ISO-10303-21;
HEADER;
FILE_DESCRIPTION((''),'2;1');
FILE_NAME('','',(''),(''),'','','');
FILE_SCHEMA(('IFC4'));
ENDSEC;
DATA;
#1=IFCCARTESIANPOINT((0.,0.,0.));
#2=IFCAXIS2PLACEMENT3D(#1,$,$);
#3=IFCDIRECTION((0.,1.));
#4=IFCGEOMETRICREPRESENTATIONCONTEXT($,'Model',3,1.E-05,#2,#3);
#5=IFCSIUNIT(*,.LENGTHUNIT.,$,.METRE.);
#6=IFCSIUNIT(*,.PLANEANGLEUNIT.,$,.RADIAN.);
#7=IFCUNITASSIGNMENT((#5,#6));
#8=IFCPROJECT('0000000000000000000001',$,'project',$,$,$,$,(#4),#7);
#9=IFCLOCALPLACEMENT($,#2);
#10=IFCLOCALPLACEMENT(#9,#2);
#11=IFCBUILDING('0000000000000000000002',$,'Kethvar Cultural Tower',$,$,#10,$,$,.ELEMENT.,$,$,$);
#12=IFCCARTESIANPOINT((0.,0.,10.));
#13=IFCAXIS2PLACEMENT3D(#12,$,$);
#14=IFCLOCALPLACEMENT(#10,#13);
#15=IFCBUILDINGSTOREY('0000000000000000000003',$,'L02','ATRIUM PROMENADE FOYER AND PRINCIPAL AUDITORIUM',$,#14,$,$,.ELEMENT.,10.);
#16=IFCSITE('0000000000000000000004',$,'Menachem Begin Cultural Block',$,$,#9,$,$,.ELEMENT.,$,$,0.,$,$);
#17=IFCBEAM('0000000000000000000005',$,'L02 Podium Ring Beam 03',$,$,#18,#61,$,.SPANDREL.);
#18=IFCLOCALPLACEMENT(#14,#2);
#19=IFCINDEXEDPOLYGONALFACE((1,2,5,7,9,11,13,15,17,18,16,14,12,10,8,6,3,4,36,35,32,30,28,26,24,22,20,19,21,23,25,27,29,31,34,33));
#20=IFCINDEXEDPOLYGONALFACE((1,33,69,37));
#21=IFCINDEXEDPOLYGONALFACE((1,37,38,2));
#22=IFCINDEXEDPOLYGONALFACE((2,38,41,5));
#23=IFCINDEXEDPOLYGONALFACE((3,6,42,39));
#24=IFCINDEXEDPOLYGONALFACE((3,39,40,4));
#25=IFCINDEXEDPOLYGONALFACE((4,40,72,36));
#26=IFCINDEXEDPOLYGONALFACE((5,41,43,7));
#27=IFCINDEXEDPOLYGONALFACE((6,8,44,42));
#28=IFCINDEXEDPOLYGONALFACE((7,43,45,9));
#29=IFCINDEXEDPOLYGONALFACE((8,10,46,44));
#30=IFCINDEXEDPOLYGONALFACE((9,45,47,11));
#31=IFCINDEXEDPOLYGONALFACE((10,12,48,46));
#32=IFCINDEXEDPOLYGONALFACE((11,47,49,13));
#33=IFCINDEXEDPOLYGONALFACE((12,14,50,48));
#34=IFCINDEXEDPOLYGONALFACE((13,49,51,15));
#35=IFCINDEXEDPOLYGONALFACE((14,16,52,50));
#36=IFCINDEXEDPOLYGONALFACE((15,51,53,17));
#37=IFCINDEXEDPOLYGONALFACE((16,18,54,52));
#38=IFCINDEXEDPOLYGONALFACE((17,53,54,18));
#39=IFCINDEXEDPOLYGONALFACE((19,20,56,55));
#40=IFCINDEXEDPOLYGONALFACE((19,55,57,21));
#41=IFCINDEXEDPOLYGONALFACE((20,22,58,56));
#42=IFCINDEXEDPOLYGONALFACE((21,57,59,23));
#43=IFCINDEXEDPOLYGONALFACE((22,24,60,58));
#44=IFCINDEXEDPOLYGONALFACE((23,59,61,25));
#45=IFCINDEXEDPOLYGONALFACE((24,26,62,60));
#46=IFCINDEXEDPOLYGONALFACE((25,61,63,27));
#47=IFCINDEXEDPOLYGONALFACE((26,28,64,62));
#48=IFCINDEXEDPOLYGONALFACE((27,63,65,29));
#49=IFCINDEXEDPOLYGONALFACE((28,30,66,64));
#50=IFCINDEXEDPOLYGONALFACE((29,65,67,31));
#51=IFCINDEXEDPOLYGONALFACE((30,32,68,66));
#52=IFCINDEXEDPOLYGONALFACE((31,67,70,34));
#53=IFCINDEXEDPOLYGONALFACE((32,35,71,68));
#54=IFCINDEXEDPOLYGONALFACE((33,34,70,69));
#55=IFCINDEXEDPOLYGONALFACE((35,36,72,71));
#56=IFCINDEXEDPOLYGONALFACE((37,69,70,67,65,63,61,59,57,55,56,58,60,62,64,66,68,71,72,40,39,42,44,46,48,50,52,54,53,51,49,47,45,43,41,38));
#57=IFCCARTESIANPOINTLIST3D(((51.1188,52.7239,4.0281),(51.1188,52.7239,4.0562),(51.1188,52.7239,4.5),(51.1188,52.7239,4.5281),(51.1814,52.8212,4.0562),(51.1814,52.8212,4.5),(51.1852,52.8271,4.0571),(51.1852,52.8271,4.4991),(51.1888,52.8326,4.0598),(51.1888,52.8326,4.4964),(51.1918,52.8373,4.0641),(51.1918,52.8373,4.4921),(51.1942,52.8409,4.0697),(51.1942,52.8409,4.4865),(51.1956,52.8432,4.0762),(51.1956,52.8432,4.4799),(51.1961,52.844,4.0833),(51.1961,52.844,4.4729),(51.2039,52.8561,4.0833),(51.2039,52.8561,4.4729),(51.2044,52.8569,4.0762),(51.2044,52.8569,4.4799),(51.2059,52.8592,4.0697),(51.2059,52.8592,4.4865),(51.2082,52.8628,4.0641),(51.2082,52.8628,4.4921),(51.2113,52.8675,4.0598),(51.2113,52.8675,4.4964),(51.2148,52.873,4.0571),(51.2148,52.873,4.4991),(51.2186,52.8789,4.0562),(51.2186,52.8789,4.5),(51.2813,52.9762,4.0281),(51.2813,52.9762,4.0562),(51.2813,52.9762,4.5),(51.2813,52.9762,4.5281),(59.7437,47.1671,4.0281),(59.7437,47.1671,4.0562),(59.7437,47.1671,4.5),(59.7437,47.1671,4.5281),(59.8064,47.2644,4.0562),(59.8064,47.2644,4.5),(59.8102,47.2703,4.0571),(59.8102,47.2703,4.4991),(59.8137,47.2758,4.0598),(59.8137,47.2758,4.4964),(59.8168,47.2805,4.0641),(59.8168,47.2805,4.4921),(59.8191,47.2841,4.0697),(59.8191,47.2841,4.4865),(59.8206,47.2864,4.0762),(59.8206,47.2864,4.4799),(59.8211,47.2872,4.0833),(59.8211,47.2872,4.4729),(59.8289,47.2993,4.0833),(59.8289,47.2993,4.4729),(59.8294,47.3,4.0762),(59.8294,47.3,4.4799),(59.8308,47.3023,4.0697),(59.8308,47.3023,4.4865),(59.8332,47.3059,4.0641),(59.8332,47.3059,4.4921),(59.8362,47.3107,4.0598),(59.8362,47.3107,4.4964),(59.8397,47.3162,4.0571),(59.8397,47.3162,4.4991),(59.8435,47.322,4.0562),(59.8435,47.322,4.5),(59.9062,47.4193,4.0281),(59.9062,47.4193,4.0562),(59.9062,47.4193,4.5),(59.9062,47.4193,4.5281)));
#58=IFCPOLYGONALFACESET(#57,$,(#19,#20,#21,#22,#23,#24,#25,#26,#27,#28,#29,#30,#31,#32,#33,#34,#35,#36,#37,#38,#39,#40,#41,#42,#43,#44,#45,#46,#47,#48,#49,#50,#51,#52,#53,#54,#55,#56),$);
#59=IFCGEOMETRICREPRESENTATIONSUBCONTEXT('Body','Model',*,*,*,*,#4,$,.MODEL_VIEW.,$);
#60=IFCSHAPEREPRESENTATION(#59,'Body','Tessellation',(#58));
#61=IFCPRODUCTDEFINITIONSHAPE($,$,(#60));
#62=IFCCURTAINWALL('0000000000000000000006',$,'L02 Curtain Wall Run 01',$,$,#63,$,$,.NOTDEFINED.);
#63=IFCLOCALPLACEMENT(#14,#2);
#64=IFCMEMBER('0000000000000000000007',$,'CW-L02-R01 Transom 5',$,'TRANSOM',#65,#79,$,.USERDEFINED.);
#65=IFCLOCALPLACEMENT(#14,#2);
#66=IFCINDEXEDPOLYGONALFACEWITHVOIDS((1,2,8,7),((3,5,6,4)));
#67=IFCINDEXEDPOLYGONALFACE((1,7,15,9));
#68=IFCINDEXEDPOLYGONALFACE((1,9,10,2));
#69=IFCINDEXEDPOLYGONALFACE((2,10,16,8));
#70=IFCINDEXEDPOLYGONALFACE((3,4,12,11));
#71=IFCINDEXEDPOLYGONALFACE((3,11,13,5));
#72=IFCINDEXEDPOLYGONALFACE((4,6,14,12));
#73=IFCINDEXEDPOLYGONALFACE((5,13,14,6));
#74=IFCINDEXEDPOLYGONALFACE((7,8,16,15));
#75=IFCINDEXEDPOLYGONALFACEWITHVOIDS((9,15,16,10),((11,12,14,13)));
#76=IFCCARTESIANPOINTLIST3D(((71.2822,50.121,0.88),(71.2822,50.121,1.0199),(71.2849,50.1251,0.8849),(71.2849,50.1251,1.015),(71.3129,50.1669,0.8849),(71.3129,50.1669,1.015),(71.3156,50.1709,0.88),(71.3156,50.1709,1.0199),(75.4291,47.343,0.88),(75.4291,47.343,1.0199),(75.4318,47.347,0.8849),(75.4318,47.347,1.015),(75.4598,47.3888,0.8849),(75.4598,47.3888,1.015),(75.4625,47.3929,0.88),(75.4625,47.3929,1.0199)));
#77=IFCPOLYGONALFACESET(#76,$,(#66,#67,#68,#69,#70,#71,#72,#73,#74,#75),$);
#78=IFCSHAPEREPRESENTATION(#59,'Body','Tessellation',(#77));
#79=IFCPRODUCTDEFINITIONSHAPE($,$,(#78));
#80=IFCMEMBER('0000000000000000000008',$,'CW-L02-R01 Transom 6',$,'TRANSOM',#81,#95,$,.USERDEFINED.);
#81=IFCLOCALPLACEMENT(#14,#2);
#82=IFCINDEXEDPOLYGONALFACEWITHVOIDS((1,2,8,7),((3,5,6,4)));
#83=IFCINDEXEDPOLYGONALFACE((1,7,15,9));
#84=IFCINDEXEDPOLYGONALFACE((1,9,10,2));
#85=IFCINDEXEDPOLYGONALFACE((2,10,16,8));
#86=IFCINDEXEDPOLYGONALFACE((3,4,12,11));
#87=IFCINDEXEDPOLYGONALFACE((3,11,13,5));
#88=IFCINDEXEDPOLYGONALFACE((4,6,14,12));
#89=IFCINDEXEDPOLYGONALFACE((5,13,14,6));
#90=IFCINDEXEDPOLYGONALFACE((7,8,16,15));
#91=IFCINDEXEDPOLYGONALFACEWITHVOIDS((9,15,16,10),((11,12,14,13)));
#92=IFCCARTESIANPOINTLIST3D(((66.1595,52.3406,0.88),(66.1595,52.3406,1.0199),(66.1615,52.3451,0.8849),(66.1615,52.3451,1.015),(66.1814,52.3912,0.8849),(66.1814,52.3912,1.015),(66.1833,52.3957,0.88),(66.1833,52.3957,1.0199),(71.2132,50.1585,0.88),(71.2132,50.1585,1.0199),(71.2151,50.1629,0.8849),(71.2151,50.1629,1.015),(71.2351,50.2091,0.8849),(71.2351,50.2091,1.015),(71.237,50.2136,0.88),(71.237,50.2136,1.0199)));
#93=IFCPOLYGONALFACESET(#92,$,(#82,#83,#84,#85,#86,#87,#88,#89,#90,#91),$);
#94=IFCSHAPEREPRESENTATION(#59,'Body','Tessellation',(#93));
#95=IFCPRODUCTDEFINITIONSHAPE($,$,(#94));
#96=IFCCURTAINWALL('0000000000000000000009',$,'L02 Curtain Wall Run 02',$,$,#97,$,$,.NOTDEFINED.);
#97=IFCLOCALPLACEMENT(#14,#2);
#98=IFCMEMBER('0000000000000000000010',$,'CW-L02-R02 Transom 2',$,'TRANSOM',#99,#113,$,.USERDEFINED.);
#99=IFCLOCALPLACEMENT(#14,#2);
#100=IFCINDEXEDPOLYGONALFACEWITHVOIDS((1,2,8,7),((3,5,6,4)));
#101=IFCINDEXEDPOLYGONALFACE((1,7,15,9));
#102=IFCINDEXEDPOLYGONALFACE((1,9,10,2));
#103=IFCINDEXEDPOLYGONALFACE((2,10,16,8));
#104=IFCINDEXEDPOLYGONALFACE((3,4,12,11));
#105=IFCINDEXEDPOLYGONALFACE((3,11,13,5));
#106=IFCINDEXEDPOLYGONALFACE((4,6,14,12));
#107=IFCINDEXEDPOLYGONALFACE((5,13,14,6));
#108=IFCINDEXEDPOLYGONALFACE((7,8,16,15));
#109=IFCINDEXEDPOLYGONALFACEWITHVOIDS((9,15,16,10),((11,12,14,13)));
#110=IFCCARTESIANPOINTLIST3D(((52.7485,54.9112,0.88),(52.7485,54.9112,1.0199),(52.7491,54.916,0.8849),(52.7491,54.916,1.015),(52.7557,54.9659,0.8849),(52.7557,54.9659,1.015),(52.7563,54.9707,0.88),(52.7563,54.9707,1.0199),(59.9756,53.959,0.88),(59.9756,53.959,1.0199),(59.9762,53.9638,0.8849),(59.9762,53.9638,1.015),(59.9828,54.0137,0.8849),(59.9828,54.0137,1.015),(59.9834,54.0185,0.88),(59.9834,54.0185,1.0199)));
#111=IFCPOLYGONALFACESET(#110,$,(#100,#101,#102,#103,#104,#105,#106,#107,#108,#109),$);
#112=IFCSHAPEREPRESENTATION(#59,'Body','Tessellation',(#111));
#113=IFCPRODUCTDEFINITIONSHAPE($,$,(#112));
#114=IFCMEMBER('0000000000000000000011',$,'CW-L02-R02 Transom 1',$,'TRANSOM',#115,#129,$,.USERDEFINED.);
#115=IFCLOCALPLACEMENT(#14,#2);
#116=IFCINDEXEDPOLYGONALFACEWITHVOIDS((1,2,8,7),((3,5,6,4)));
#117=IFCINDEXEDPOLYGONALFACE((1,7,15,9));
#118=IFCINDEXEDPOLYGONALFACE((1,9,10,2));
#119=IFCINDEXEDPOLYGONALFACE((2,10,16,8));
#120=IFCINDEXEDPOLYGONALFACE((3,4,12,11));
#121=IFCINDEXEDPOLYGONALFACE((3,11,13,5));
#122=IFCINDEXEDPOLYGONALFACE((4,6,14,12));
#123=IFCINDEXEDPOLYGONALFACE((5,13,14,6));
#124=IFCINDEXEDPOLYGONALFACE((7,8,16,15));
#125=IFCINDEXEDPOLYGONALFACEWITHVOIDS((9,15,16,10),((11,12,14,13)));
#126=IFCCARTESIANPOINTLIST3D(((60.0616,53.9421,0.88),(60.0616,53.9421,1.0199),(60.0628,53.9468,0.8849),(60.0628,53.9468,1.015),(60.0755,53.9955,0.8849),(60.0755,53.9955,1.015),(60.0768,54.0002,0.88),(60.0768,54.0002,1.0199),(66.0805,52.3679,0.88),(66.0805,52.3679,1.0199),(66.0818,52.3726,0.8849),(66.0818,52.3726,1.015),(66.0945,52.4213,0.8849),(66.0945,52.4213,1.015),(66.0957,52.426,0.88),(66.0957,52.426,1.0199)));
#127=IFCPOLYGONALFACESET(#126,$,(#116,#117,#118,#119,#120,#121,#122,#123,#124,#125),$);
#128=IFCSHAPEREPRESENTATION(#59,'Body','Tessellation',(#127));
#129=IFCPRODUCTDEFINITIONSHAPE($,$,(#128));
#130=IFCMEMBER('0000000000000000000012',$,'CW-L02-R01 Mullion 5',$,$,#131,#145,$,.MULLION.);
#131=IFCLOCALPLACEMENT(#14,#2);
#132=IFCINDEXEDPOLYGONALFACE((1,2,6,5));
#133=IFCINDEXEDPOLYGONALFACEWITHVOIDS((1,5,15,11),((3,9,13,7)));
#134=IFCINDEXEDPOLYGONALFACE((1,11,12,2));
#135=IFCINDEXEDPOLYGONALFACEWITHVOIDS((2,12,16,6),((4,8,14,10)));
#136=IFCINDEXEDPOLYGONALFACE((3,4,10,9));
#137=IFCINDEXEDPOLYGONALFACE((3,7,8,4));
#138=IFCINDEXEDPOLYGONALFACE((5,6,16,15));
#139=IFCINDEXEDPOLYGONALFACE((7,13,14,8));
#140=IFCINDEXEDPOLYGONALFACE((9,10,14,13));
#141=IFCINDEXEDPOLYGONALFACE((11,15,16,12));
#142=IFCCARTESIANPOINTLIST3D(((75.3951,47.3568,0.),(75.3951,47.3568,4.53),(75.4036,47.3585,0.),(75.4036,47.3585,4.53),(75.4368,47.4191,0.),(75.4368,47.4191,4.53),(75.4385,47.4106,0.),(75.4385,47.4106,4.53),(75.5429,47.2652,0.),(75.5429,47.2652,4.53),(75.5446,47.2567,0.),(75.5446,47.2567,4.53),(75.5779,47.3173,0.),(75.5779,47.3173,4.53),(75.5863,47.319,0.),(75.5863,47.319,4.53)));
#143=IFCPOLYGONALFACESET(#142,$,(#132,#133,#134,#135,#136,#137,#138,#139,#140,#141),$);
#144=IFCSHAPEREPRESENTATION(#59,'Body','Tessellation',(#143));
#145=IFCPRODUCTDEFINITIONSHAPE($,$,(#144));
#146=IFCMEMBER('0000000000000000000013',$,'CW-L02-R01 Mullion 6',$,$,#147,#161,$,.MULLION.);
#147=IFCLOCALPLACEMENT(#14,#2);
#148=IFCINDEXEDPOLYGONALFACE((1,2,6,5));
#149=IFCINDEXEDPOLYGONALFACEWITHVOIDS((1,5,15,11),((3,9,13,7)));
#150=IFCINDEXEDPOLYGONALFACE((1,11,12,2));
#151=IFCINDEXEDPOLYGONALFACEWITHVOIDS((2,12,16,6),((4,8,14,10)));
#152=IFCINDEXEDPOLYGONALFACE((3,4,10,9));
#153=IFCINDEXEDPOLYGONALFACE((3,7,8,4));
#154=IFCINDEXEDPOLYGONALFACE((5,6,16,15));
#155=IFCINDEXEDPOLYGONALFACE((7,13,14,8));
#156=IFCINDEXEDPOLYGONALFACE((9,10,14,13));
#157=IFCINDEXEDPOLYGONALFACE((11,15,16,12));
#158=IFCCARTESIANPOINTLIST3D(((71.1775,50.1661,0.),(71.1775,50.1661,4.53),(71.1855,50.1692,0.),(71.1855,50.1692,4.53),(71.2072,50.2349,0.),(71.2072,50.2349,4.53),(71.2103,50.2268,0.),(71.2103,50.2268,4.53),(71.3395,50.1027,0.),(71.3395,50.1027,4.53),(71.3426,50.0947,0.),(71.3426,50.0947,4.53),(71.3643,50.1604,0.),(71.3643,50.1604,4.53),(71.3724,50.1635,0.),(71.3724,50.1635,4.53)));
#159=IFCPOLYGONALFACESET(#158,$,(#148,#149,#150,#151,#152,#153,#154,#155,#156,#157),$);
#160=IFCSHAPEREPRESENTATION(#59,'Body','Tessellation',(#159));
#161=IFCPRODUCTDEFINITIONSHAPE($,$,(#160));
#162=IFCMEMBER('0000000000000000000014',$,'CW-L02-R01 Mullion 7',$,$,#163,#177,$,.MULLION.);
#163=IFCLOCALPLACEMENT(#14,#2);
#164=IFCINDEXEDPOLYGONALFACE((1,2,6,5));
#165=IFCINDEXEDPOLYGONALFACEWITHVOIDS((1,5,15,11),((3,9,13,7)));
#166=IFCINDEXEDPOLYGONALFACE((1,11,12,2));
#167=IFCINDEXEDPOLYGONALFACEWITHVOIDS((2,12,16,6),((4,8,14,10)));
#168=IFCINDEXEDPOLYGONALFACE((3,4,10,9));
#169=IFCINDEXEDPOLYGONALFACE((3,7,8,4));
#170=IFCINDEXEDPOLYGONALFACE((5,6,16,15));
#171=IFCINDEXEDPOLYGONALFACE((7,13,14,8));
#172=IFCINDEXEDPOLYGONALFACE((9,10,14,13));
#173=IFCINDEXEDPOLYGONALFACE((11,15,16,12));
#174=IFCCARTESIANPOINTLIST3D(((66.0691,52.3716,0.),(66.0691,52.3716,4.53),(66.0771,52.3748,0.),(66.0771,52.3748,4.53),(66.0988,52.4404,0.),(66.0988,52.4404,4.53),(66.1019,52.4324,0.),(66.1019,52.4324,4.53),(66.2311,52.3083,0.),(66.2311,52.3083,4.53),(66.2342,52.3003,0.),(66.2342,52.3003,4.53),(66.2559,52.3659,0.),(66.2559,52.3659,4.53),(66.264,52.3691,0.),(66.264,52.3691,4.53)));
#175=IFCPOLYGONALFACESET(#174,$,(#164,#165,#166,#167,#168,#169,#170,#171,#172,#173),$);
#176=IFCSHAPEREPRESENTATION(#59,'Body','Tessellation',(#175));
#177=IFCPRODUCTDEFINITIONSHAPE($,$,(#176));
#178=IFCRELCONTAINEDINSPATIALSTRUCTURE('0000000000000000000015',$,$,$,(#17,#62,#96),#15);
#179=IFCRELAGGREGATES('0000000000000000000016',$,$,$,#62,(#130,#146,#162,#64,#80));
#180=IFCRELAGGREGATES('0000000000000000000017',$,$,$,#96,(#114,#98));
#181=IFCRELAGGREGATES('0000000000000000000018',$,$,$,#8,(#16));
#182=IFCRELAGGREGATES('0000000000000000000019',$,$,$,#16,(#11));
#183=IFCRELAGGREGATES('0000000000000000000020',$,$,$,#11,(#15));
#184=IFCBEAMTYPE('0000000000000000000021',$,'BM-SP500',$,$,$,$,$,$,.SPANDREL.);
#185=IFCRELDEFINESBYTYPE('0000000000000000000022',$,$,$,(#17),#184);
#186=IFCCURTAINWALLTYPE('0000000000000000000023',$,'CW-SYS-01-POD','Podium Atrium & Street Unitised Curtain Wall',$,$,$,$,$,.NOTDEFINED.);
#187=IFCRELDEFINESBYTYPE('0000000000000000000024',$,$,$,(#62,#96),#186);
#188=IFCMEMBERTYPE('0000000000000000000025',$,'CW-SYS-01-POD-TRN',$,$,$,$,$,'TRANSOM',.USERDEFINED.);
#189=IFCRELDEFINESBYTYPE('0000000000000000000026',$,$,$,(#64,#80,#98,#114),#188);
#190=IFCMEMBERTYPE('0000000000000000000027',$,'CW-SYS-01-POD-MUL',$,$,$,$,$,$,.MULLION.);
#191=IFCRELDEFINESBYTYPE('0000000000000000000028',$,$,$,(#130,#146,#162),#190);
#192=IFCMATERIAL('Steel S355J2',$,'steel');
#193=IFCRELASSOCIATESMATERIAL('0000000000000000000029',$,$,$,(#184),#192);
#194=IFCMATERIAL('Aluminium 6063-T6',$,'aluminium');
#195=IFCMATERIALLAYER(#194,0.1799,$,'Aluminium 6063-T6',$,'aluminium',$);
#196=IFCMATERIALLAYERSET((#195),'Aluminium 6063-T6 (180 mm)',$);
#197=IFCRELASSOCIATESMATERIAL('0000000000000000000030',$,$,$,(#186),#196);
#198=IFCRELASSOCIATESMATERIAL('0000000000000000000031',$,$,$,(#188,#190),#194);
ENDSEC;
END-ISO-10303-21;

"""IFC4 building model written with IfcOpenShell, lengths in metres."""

from ifc_helpers import new_model, si_unit, direction, frame, origin, origin_2d, place, context, subcontext, project, spatial, hollow_rectangle, i_section, extrude, source, transform, mapped, material, layer, layer_set, material_profile, profile_set, type_object, element, aggregate, save


model = new_model("IFC4")

# Units and contexts
model_context = context("Model", 3, precision=1e-05, world=origin(), true_north=direction((0.0, 1.0)))
body_context = subcontext(model_context, "Body", "Model", "MODEL_VIEW")
ifc_project = project(units=[si_unit("LENGTHUNIT", "METRE"), si_unit("PLANEANGLEUNIT", "RADIAN")], contexts=[model_context])

# Site, building, storey
site_placement = place(None, origin())
site = spatial("IfcSite", under=ifc_project, at=site_placement, Name="Menachem Begin Cultural Block", CompositionType="ELEMENT", RefElevation=0.0)
building_placement = place(site_placement, origin())
building = spatial("IfcBuilding", under=site, at=building_placement, Name="Kethvar Cultural Tower", CompositionType="ELEMENT")
storey_placement = place(building_placement, frame((0.0, 0.0, 10.0)))
storey = spatial("IfcBuildingStorey", under=building, at=storey_placement, Name="L02", Description="ATRIUM PROMENADE FOYER AND PRINCIPAL AUDITORIUM", CompositionType="ELEMENT", Elevation=10.0)

# Beam
ifc_material_1 = material(Name="Steel S355J2", Category="steel")
ifc_material_profile_1 = material_profile(ifc_material_1, i_section(OverallWidth=0.3, OverallDepth=0.5, WebThickness=0.0144, FlangeThickness=0.0281, FilletRadius=0.0271, at=origin_2d()), Name="Steel S355J2 — HEB500")
ifc_profile_set_1 = profile_set([ifc_material_profile_1], Name="Steel S355J2 — HEB500")
beam_type = type_object("IfcBeamType", Name="BM-SP500", PredefinedType="SPANDREL", material=ifc_profile_set_1)
shared_shape_1 = source(origin(), body_context, "Body", "SweptSolid", [
    extrude(i_section(OverallWidth=0.3, OverallDepth=0.5, WebThickness=0.0144, FlangeThickness=0.0281, FilletRadius=0.0271, at=origin_2d()), origin(), (0.0, 0.0, 1.0), 10.26),
])
beam_placement = place(storey_placement, frame((59.825, 47.2932, 4.2781), z_axis=(-0.840635, 0.541602, 0.0), x_axis=(-0.541602, -0.840635, 0.0)))
element("IfcBeam", 1, at=beam_placement, inside=storey, type_object=beam_type, Name="L02 Podium Ring Beam 03", PredefinedType="SPANDREL", context=body_context, shape_type="MappedRepresentation", body=[
    mapped(shared_shape_1, transform((0.0, 0.0, 0.0), scale=1.0)),
])

# Curtain walls, members
ifc_material_2 = material(Name="Aluminium 6063-T6", Category="aluminium")
ifc_layer_1 = layer(ifc_material_2, 0.1799, Name="Aluminium 6063-T6", Category="aluminium")
ifc_layer_set_1 = layer_set([ifc_layer_1], Name="Aluminium 6063-T6 (180 mm)")
curtain_wall_type = type_object("IfcCurtainWallType", Name="CW-SYS-01-POD", Description="Podium Atrium & Street Unitised Curtain Wall", PredefinedType="NOTDEFINED", material=ifc_layer_set_1)
curtain_wall_1_placement = place(storey_placement, origin())
curtain_wall_1 = element("IfcCurtainWall", 2, at=curtain_wall_1_placement, inside=storey, type_object=curtain_wall_type, Name="L02 Curtain Wall Run 01", PredefinedType="NOTDEFINED")
ifc_material_profile_2 = material_profile(ifc_material_2, hollow_rectangle(XDim=0.0601, YDim=0.1399, WallThickness=0.0049, at=origin_2d()), Name="Aluminium 6063-T6 — RHS140x60x5")
ifc_profile_set_2 = profile_set([ifc_material_profile_2], Name="Aluminium 6063-T6 — RHS140x60x5")
member_type_1 = type_object("IfcMemberType", Name="CW-SYS-01-POD-TRN", ElementType="TRANSOM", PredefinedType="USERDEFINED", material=ifc_profile_set_2)
shared_shape_2 = source(origin(), body_context, "Body", "SweptSolid", [
    extrude(hollow_rectangle(XDim=0.0601, YDim=0.1399, WallThickness=0.0049, at=origin_2d()), origin(), (0.0, 0.0, 1.0), 4.9915),
])
member_1_placement = place(storey_placement, frame((75.4458, 47.3679, 0.95), z_axis=(-0.830807, 0.556561, 0.0), x_axis=(-0.556561, -0.830807, 0.0)))
member_1 = element("IfcMember", 3, at=member_1_placement, type_object=member_type_1, Name="CW-L02-R01 Transom 5", ObjectType="TRANSOM", PredefinedType="USERDEFINED", context=body_context, shape_type="MappedRepresentation", body=[
    mapped(shared_shape_2, transform((0.0, 0.0, 0.0), scale=1.0)),
])
shared_shape_3 = source(origin(), body_context, "Body", "SweptSolid", [
    extrude(hollow_rectangle(XDim=0.0601, YDim=0.1399, WallThickness=0.0049, at=origin_2d()), origin(), (0.0, 0.0, 1.0), 5.5046),
])
member_2_placement = place(storey_placement, frame((71.2251, 50.186, 0.95), z_axis=(-0.918073, 0.396412, 0.0), x_axis=(-0.396412, -0.918073, 0.0)))
member_2 = element("IfcMember", 4, at=member_2_placement, type_object=member_type_1, Name="CW-L02-R01 Transom 6", ObjectType="TRANSOM", PredefinedType="USERDEFINED", context=body_context, shape_type="MappedRepresentation", body=[
    mapped(shared_shape_3, transform((0.0, 0.0, 0.0), scale=1.0)),
])
curtain_wall_2_placement = place(storey_placement, origin())
curtain_wall_2 = element("IfcCurtainWall", 5, at=curtain_wall_2_placement, inside=storey, type_object=curtain_wall_type, Name="L02 Curtain Wall Run 02", PredefinedType="NOTDEFINED")
shared_shape_4 = source(origin(), body_context, "Body", "SweptSolid", [
    extrude(hollow_rectangle(XDim=0.0601, YDim=0.1399, WallThickness=0.0049, at=origin_2d()), origin(), (0.0, 0.0, 1.0), 7.2896),
])
member_3_placement = place(storey_placement, frame((59.9795, 53.9888, 0.95), z_axis=(-0.991433, 0.130619, 0.0), x_axis=(-0.130619, -0.991433, 0.0)))
member_3 = element("IfcMember", 6, at=member_3_placement, type_object=member_type_1, Name="CW-L02-R02 Transom 2", ObjectType="TRANSOM", PredefinedType="USERDEFINED", context=body_context, shape_type="MappedRepresentation", body=[
    mapped(shared_shape_4, transform((0.0, 0.0, 0.0), scale=1.0)),
])
shared_shape_5 = source(origin(), body_context, "Body", "SweptSolid", [
    extrude(hollow_rectangle(XDim=0.0601, YDim=0.1399, WallThickness=0.0049, at=origin_2d()), origin(), (0.0, 0.0, 1.0), 6.2214),
])
member_4_placement = place(storey_placement, frame((66.0881, 52.397, 0.95), z_axis=(-0.967459, 0.253029, 0.0), x_axis=(-0.253029, -0.967459, 0.0)))
member_4 = element("IfcMember", 7, at=member_4_placement, type_object=member_type_1, Name="CW-L02-R02 Transom 1", ObjectType="TRANSOM", PredefinedType="USERDEFINED", context=body_context, shape_type="MappedRepresentation", body=[
    mapped(shared_shape_5, transform((0.0, 0.0, 0.0), scale=1.0)),
])

# Members
ifc_material_profile_3 = material_profile(ifc_material_2, hollow_rectangle(XDim=0.075, YDim=0.1799, WallThickness=0.0061, at=origin_2d()), Name="Aluminium 6063-T6 — RHS180x75x6")
ifc_profile_set_3 = profile_set([ifc_material_profile_3], Name="Aluminium 6063-T6 — RHS180x75x6")
member_type_2 = type_object("IfcMemberType", Name="CW-SYS-01-POD-MUL", PredefinedType="MULLION", material=ifc_profile_set_3)
shared_shape_6 = source(origin(), body_context, "Body", "SweptSolid", [
    extrude(hollow_rectangle(XDim=0.075, YDim=0.1799, WallThickness=0.0061, at=origin_2d()), origin(), (0.0, 0.0, 1.0), 4.53),
])
member_5_placement = place(storey_placement, frame((75.4907, 47.3379, 0.0), z_axis=(0.0, 0.0, 1.0), x_axis=(-0.556557, -0.83081, 0.0)))
member_5 = element("IfcMember", 8, at=member_5_placement, type_object=member_type_2, Name="CW-L02-R01 Mullion 5", PredefinedType="MULLION", context=body_context, shape_type="MappedRepresentation", body=[
    mapped(shared_shape_6, transform((0.0, 0.0, 0.0), scale=1.0)),
])
member_6_placement = place(storey_placement, frame((71.2749, 50.1648, 0.0), z_axis=(0.0, 0.0, 1.0), x_axis=(-0.396411, -0.918073, 0.0)))
member_6 = element("IfcMember", 9, at=member_6_placement, type_object=member_type_2, Name="CW-L02-R01 Mullion 6", PredefinedType="MULLION", context=body_context, shape_type="MappedRepresentation", body=[
    mapped(shared_shape_6, transform((0.0, 0.0, 0.0), scale=1.0)),
])
member_7_placement = place(storey_placement, frame((66.1665, 52.3704, 0.0), z_axis=(0.0, 0.0, 1.0), x_axis=(-0.396411, -0.918073, 0.0)))
member_7 = element("IfcMember", 10, at=member_7_placement, type_object=member_type_2, Name="CW-L02-R01 Mullion 7", PredefinedType="MULLION", context=body_context, shape_type="MappedRepresentation", body=[
    mapped(shared_shape_6, transform((0.0, 0.0, 0.0), scale=1.0)),
])

aggregate(curtain_wall_1, [member_5, member_6, member_7, member_1, member_2])
aggregate(curtain_wall_2, [member_4, member_3])

save(model, "model.ifc")
